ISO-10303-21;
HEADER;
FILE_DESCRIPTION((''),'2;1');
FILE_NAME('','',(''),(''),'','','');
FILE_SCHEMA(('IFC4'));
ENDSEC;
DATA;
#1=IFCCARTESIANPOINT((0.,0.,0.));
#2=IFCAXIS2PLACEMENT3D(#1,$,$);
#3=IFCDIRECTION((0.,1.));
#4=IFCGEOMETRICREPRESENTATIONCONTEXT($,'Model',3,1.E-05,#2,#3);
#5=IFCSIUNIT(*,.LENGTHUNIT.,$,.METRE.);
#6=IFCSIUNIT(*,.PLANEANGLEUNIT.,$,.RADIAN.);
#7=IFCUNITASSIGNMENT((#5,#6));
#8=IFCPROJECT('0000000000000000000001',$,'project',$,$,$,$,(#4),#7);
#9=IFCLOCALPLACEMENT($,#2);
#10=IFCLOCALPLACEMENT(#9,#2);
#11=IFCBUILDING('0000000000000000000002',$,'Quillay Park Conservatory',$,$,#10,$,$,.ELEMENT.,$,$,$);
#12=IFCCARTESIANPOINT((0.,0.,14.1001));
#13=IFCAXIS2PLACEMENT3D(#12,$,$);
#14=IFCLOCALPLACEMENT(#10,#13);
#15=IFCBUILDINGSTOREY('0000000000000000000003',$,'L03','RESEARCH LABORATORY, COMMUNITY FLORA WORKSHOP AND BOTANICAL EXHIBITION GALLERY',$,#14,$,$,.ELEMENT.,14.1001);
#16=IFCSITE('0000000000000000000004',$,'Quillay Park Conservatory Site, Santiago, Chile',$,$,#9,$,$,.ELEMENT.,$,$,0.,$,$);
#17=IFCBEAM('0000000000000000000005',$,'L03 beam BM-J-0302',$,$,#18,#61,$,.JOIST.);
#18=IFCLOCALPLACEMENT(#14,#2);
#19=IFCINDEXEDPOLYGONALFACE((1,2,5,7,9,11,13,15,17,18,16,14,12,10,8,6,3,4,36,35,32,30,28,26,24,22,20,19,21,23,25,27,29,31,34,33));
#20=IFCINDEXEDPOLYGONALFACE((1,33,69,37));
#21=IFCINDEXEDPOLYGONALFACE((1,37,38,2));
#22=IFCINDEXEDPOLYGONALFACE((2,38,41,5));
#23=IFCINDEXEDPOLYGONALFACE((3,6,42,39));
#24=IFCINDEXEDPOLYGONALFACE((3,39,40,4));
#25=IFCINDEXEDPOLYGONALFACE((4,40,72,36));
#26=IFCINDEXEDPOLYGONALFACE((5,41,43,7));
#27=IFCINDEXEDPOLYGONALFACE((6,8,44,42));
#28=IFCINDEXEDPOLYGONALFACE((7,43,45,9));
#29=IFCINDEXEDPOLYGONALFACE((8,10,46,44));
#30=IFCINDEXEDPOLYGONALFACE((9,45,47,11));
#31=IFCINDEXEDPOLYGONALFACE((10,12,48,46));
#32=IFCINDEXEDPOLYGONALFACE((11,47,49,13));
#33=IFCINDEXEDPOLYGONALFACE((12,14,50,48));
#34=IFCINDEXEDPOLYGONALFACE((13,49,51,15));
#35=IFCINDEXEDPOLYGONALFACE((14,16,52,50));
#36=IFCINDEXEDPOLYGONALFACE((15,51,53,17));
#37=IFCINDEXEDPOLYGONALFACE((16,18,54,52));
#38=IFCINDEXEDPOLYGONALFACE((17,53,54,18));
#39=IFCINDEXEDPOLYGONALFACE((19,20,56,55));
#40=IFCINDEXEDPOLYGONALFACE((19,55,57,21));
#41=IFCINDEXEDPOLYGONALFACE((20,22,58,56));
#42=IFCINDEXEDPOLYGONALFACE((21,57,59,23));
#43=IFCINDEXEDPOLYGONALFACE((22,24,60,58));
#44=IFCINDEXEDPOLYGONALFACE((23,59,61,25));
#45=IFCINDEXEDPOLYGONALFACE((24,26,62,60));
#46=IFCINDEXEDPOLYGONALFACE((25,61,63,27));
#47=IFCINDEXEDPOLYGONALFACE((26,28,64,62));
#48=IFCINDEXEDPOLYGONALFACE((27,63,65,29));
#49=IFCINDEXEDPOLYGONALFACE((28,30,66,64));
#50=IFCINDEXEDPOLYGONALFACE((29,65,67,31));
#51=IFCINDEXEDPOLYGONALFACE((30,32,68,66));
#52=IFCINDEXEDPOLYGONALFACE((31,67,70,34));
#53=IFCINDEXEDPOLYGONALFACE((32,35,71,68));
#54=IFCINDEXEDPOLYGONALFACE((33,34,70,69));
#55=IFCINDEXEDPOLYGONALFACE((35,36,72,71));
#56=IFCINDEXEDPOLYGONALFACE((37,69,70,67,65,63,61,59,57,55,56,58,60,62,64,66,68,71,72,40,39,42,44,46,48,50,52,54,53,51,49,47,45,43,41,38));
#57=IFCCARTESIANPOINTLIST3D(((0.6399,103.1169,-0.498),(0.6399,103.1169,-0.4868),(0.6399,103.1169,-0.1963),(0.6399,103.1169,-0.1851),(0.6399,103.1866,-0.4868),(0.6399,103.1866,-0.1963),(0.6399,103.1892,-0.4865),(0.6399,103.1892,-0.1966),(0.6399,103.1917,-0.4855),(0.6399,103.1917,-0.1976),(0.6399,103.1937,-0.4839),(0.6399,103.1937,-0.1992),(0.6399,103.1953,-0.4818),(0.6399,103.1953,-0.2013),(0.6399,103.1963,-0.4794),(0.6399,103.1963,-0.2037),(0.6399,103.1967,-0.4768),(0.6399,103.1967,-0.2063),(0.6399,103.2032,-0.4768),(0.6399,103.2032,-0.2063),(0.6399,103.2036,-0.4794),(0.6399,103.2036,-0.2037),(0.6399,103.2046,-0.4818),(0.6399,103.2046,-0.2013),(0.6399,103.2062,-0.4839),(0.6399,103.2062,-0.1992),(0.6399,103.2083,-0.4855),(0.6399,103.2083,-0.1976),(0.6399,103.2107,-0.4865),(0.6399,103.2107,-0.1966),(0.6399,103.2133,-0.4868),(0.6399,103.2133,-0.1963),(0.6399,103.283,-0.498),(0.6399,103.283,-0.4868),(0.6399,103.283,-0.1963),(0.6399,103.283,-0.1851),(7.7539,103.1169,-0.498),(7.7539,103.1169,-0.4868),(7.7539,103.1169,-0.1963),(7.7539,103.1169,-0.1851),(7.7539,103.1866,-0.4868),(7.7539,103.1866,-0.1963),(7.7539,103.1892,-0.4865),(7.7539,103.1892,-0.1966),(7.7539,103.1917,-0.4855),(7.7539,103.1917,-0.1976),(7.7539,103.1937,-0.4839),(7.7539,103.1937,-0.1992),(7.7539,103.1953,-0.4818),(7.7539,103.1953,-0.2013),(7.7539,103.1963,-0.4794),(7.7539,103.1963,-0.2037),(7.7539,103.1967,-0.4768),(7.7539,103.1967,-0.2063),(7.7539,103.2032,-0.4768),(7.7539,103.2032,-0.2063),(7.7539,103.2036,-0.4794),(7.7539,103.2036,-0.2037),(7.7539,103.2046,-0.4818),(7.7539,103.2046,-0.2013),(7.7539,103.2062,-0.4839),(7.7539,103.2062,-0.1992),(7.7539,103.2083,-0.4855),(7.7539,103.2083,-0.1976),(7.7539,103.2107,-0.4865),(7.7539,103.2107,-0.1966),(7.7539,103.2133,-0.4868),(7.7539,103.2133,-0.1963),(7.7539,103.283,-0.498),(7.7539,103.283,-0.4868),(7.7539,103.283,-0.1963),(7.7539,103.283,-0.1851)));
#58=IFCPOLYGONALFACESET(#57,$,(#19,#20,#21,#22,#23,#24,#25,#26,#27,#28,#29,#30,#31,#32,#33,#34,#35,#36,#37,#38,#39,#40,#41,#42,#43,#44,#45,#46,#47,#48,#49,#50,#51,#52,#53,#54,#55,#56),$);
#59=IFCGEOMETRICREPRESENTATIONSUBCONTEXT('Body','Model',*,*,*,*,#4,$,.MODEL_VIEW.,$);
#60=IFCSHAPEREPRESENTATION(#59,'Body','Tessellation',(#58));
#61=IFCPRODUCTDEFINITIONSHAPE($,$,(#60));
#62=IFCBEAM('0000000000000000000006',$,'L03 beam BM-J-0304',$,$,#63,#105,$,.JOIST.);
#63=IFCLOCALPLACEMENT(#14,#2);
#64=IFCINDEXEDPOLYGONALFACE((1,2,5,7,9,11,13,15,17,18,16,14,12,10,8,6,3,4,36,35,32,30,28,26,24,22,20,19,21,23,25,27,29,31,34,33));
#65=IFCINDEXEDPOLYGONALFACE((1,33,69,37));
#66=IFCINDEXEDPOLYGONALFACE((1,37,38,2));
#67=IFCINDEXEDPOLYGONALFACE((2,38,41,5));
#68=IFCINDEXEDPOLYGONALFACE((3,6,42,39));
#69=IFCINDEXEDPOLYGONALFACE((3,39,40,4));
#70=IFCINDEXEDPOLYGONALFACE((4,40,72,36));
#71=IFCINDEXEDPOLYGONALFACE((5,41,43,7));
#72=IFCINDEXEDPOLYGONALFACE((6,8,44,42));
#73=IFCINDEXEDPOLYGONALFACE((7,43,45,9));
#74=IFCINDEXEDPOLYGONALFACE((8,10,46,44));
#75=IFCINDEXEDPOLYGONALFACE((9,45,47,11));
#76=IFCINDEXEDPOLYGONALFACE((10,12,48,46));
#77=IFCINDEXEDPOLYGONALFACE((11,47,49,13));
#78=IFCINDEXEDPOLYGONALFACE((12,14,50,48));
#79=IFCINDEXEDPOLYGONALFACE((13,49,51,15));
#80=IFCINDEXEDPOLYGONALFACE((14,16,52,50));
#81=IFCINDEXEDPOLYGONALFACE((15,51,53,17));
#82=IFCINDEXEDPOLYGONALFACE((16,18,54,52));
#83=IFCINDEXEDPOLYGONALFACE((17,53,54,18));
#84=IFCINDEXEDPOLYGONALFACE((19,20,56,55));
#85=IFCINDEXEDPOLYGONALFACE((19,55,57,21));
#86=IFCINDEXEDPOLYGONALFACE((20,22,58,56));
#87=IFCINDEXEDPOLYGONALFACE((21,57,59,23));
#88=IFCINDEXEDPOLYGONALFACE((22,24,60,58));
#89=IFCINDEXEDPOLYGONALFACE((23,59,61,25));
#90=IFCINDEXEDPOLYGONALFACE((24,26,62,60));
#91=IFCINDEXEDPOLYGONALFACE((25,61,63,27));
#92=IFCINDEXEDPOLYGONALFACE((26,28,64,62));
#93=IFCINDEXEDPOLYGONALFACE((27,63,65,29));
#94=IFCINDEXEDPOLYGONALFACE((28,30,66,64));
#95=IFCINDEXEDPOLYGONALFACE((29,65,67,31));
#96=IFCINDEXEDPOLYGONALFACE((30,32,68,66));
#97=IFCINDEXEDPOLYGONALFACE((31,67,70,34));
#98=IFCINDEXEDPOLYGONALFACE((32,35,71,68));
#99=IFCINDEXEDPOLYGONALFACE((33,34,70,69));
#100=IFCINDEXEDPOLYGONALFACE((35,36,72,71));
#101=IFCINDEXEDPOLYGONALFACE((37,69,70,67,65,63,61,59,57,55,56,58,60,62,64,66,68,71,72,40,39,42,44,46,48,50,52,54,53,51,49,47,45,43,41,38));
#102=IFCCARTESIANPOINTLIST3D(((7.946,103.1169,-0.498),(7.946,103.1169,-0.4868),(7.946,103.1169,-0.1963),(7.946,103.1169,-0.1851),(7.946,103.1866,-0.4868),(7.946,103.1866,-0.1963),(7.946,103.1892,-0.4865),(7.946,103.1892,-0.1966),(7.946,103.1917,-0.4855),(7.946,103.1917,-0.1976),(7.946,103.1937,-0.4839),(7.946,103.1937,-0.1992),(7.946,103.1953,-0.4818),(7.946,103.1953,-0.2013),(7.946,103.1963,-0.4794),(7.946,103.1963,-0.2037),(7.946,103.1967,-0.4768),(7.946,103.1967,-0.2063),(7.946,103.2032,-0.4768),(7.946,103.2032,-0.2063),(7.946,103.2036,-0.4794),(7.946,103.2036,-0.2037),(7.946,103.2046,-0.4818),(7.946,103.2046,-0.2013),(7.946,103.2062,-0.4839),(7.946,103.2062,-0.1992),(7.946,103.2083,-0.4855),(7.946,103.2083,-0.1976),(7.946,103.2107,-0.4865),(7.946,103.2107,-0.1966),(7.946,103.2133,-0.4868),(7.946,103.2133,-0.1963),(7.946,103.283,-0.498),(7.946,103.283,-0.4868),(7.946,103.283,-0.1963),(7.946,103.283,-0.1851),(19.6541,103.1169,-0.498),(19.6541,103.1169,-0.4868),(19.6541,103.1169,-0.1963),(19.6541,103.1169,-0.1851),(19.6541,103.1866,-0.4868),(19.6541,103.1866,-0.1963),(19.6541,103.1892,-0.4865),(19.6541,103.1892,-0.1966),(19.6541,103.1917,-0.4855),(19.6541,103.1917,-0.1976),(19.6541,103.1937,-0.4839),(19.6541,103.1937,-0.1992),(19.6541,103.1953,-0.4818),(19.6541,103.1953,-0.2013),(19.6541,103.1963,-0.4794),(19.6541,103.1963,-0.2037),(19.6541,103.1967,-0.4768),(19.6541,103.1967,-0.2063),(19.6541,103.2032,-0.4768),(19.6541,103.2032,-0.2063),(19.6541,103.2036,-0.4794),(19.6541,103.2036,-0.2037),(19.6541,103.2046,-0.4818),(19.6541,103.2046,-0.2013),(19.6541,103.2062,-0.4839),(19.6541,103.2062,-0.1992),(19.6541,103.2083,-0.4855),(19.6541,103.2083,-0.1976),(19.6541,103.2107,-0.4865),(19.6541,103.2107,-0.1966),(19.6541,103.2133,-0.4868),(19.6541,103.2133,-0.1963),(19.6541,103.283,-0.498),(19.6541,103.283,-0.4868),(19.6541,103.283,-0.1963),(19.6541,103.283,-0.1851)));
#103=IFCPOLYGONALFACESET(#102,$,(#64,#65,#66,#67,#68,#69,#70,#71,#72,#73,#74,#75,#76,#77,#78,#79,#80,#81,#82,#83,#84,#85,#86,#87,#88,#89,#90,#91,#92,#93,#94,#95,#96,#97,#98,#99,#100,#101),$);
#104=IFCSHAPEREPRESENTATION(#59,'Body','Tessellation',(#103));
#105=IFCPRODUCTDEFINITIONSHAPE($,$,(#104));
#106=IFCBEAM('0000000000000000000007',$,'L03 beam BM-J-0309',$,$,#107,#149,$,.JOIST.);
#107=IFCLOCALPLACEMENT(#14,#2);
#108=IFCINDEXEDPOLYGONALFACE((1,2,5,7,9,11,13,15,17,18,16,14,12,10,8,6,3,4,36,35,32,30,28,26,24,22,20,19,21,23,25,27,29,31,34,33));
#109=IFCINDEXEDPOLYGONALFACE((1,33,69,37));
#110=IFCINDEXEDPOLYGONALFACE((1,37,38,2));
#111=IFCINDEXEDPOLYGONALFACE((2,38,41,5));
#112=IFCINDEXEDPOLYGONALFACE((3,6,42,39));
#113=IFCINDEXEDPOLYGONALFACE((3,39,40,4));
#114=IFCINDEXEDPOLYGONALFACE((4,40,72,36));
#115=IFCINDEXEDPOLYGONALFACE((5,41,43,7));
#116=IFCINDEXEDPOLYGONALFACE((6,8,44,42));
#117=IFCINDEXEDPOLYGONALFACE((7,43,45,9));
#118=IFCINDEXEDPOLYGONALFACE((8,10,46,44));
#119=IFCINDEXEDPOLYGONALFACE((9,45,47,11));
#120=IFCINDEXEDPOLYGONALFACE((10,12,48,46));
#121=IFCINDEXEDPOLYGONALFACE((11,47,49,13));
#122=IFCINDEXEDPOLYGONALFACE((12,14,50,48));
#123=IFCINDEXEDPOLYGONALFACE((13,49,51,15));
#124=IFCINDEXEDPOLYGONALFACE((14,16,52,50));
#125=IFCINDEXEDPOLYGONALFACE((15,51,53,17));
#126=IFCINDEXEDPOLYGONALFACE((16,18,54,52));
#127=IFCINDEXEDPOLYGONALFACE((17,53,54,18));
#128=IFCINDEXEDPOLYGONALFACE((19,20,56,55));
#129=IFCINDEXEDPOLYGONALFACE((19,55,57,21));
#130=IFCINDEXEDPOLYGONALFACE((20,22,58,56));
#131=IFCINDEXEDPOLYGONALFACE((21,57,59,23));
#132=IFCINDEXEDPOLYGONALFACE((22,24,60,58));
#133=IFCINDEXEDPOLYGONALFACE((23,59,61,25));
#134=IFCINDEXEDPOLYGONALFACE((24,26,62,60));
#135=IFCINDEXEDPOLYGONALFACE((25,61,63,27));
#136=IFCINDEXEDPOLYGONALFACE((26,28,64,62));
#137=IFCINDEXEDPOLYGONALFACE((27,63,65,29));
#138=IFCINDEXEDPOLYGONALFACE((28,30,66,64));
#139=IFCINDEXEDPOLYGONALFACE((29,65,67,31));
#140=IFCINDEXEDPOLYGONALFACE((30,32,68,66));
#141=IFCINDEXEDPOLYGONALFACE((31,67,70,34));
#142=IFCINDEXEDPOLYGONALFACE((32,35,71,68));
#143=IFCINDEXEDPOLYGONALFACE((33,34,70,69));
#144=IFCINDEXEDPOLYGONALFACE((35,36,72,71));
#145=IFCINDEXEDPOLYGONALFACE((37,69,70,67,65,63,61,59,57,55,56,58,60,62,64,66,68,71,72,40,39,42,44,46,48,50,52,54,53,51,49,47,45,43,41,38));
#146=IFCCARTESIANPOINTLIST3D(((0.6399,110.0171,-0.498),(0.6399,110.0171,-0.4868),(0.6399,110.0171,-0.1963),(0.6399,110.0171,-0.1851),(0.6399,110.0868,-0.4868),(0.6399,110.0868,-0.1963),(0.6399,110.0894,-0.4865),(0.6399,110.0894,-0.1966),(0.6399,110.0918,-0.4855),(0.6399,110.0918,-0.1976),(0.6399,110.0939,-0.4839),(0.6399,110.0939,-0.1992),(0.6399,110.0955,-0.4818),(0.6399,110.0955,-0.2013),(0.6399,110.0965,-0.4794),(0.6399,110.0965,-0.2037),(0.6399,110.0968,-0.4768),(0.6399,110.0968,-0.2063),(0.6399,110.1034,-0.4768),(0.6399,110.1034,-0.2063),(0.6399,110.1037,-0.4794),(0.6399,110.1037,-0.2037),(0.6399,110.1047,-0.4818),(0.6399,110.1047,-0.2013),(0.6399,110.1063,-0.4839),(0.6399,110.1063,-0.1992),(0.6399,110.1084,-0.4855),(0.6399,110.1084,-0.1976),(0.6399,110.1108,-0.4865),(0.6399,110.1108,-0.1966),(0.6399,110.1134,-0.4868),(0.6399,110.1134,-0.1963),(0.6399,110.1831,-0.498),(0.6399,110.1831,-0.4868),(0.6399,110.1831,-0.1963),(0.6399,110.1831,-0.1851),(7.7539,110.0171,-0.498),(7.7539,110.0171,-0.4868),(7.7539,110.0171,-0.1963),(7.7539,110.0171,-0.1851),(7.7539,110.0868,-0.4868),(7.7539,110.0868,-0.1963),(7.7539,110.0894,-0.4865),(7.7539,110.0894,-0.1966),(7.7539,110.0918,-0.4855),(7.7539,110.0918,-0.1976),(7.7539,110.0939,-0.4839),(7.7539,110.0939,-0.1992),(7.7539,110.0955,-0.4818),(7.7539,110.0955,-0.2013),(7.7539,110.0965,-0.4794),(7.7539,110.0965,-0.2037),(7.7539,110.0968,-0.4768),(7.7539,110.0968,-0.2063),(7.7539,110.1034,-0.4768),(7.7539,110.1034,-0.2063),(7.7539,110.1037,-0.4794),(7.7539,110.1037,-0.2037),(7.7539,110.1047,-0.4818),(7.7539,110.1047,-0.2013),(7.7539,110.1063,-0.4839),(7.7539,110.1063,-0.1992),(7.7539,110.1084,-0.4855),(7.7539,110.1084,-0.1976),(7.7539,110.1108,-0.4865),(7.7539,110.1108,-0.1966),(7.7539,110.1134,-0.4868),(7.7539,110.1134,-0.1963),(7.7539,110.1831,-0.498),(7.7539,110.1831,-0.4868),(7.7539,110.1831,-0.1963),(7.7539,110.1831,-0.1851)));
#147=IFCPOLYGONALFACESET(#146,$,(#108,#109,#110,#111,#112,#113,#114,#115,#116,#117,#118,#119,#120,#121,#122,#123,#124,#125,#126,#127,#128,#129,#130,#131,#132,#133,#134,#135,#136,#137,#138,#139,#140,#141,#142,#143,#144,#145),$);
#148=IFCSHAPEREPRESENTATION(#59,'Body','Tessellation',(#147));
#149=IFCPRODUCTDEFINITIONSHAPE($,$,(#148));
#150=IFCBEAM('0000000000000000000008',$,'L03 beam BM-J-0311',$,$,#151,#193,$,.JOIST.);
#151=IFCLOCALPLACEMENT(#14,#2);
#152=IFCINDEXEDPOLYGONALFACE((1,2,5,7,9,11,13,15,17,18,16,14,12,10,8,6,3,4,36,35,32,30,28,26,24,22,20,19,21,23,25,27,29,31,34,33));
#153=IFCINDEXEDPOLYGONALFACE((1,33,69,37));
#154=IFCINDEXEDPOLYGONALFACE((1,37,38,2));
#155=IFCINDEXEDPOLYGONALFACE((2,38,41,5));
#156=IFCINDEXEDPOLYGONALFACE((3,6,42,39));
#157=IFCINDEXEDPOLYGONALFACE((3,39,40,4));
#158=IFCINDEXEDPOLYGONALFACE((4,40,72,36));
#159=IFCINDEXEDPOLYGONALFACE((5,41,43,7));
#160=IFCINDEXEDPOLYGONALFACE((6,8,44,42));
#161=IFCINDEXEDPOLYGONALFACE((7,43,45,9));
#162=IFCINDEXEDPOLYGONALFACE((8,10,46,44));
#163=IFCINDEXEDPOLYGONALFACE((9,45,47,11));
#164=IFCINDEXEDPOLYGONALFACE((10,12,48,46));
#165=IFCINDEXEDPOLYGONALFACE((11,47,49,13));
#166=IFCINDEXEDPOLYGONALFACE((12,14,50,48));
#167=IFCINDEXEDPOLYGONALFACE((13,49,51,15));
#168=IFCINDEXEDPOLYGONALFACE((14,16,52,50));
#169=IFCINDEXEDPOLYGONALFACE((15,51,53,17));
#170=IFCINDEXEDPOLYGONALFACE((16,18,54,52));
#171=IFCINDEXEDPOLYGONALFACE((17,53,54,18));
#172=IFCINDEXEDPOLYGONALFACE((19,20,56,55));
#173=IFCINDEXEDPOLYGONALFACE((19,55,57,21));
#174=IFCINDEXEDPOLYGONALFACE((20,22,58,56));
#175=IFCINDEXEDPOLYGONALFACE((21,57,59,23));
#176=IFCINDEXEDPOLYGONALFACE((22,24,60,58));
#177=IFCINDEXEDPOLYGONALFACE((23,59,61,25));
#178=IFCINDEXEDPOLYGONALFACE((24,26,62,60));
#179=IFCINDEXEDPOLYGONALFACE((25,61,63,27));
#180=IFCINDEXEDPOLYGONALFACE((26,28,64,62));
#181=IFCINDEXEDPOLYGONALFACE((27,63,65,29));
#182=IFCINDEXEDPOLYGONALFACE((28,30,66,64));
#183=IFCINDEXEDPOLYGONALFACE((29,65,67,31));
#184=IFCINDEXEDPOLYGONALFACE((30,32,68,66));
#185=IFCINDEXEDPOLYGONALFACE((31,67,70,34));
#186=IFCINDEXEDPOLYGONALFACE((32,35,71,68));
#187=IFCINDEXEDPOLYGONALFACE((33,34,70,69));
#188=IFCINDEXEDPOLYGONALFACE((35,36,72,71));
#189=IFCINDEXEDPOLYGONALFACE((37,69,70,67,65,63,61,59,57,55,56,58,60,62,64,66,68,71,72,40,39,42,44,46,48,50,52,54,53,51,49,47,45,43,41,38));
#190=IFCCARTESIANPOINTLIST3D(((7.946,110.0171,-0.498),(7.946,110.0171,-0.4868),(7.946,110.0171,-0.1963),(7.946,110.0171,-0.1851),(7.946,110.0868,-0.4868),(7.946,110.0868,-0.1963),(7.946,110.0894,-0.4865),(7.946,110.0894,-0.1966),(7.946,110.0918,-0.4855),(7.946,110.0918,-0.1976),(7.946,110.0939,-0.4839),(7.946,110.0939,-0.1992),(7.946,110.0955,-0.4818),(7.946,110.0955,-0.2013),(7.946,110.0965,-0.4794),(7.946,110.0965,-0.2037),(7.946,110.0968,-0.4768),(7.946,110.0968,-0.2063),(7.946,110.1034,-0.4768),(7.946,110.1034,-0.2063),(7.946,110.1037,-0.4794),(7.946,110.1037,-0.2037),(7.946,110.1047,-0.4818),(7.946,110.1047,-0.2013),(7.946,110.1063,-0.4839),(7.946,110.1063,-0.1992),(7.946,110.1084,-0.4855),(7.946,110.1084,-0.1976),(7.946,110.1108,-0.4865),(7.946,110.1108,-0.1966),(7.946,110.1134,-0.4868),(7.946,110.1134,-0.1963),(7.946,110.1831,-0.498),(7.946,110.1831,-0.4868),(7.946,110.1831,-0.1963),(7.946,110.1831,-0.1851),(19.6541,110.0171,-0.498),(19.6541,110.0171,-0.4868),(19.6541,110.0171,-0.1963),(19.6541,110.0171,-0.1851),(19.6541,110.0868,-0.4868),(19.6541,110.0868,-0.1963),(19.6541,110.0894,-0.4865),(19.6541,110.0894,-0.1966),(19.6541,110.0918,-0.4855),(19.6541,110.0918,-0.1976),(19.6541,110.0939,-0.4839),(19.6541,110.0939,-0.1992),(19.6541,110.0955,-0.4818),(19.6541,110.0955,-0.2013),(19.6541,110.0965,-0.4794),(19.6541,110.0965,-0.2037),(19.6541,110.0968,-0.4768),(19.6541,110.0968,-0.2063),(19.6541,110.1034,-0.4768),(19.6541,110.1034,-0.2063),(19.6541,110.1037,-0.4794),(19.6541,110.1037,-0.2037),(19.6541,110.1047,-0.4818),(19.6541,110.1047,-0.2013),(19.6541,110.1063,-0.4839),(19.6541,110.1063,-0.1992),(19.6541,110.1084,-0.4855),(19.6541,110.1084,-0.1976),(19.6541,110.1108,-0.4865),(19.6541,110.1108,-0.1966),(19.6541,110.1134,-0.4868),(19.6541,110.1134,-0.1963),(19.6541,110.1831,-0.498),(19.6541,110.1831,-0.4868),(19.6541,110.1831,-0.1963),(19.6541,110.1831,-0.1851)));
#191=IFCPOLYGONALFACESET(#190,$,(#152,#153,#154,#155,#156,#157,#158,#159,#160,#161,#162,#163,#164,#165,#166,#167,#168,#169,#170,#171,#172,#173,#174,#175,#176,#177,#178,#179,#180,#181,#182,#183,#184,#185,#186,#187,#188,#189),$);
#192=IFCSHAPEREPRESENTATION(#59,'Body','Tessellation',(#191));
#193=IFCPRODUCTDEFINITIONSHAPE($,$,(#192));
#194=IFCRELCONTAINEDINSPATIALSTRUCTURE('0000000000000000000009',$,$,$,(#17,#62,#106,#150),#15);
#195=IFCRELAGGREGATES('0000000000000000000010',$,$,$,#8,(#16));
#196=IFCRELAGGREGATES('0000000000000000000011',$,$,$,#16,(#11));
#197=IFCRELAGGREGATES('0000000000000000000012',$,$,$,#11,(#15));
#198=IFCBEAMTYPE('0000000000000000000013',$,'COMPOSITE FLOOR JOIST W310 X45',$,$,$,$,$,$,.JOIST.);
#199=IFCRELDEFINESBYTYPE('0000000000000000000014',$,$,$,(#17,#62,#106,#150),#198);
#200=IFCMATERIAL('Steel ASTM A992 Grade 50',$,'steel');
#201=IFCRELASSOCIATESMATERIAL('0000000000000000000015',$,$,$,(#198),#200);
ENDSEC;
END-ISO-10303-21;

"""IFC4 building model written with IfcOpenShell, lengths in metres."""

from ifc_helpers import new_model, si_unit, direction, frame, origin, origin_2d, place, context, subcontext, project, spatial, i_section, extrude, material, material_profile, profile_set, type_object, element, save


model = new_model("IFC4")

# Units and contexts
model_context = context("Model", 3, precision=1e-05, world=origin(), true_north=direction((0.0, 1.0)))
body_context = subcontext(model_context, "Body", "Model", "MODEL_VIEW")
ifc_project = project(units=[si_unit("LENGTHUNIT", "METRE"), si_unit("PLANEANGLEUNIT", "RADIAN")], contexts=[model_context])

# Site, building, storey
site_placement = place(None, origin())
site = spatial("IfcSite", under=ifc_project, at=site_placement, Name="Quillay Park Conservatory Site, Santiago, Chile", CompositionType="ELEMENT", RefElevation=0.0)
building_placement = place(site_placement, origin())
building = spatial("IfcBuilding", under=site, at=building_placement, Name="Quillay Park Conservatory", CompositionType="ELEMENT")
storey_placement = place(building_placement, frame((0.0, 0.0, 14.1001)))
storey = spatial("IfcBuildingStorey", under=building, at=storey_placement, Name="L03", Description="RESEARCH LABORATORY, COMMUNITY FLORA WORKSHOP AND BOTANICAL EXHIBITION GALLERY", CompositionType="ELEMENT", Elevation=14.1001)

# Beams
ifc_material_1 = material(Name="Steel ASTM A992 Grade 50", Category="steel")
ifc_material_profile_1 = material_profile(ifc_material_1, i_section(OverallWidth=0.166, OverallDepth=0.313, WebThickness=0.0066, FlangeThickness=0.0112, FilletRadius=0.01, at=origin_2d()), Name="W310x45")
ifc_profile_set_1 = profile_set([ifc_material_profile_1], Name="Steel ASTM A992 Grade 50")
beam_type_1 = type_object("IfcBeamType", Name="COMPOSITE FLOOR JOIST W310 X45", PredefinedType="JOIST", material=ifc_profile_set_1)
beam_1_placement = place(storey_placement, frame((0.6399, 103.2, -0.3416), z_axis=(1.0, 0.0, 0.0), x_axis=(0.0, 1.0, 0.0)))
element("IfcBeam", 1, at=beam_1_placement, inside=storey, type_object=beam_type_1, Name="L03 beam BM-J-0302", PredefinedType="JOIST", context=body_context, shape_type="SweptSolid", body=[
    extrude(i_section(OverallWidth=0.166, OverallDepth=0.313, WebThickness=0.0066, FlangeThickness=0.0112, FilletRadius=0.01, at=origin_2d()), origin(), (0.0, 0.0, 1.0), 7.114),
])
beam_2_placement = place(storey_placement, frame((7.946, 103.2, -0.3416), z_axis=(1.0, 0.0, 0.0), x_axis=(0.0, 1.0, 0.0)))
element("IfcBeam", 2, at=beam_2_placement, inside=storey, type_object=beam_type_1, Name="L03 beam BM-J-0304", PredefinedType="JOIST", context=body_context, shape_type="SweptSolid", body=[
    extrude(i_section(OverallWidth=0.166, OverallDepth=0.313, WebThickness=0.0066, FlangeThickness=0.0112, FilletRadius=0.01, at=origin_2d()), origin(), (0.0, 0.0, 1.0), 11.708),
])
beam_3_placement = place(storey_placement, frame((0.6399, 110.1001, -0.3416), z_axis=(1.0, 0.0, 0.0), x_axis=(0.0, 1.0, 0.0)))
element("IfcBeam", 3, at=beam_3_placement, inside=storey, type_object=beam_type_1, Name="L03 beam BM-J-0309", PredefinedType="JOIST", context=body_context, shape_type="SweptSolid", body=[
    extrude(i_section(OverallWidth=0.166, OverallDepth=0.313, WebThickness=0.0066, FlangeThickness=0.0112, FilletRadius=0.01, at=origin_2d()), origin(), (0.0, 0.0, 1.0), 7.114),
])
beam_4_placement = place(storey_placement, frame((7.946, 110.1001, -0.3416), z_axis=(1.0, 0.0, 0.0), x_axis=(0.0, 1.0, 0.0)))
element("IfcBeam", 4, at=beam_4_placement, inside=storey, type_object=beam_type_1, Name="L03 beam BM-J-0311", PredefinedType="JOIST", context=body_context, shape_type="SweptSolid", body=[
    extrude(i_section(OverallWidth=0.166, OverallDepth=0.313, WebThickness=0.0066, FlangeThickness=0.0112, FilletRadius=0.01, at=origin_2d()), origin(), (0.0, 0.0, 1.0), 11.708),
])

save(model, "model.ifc")
